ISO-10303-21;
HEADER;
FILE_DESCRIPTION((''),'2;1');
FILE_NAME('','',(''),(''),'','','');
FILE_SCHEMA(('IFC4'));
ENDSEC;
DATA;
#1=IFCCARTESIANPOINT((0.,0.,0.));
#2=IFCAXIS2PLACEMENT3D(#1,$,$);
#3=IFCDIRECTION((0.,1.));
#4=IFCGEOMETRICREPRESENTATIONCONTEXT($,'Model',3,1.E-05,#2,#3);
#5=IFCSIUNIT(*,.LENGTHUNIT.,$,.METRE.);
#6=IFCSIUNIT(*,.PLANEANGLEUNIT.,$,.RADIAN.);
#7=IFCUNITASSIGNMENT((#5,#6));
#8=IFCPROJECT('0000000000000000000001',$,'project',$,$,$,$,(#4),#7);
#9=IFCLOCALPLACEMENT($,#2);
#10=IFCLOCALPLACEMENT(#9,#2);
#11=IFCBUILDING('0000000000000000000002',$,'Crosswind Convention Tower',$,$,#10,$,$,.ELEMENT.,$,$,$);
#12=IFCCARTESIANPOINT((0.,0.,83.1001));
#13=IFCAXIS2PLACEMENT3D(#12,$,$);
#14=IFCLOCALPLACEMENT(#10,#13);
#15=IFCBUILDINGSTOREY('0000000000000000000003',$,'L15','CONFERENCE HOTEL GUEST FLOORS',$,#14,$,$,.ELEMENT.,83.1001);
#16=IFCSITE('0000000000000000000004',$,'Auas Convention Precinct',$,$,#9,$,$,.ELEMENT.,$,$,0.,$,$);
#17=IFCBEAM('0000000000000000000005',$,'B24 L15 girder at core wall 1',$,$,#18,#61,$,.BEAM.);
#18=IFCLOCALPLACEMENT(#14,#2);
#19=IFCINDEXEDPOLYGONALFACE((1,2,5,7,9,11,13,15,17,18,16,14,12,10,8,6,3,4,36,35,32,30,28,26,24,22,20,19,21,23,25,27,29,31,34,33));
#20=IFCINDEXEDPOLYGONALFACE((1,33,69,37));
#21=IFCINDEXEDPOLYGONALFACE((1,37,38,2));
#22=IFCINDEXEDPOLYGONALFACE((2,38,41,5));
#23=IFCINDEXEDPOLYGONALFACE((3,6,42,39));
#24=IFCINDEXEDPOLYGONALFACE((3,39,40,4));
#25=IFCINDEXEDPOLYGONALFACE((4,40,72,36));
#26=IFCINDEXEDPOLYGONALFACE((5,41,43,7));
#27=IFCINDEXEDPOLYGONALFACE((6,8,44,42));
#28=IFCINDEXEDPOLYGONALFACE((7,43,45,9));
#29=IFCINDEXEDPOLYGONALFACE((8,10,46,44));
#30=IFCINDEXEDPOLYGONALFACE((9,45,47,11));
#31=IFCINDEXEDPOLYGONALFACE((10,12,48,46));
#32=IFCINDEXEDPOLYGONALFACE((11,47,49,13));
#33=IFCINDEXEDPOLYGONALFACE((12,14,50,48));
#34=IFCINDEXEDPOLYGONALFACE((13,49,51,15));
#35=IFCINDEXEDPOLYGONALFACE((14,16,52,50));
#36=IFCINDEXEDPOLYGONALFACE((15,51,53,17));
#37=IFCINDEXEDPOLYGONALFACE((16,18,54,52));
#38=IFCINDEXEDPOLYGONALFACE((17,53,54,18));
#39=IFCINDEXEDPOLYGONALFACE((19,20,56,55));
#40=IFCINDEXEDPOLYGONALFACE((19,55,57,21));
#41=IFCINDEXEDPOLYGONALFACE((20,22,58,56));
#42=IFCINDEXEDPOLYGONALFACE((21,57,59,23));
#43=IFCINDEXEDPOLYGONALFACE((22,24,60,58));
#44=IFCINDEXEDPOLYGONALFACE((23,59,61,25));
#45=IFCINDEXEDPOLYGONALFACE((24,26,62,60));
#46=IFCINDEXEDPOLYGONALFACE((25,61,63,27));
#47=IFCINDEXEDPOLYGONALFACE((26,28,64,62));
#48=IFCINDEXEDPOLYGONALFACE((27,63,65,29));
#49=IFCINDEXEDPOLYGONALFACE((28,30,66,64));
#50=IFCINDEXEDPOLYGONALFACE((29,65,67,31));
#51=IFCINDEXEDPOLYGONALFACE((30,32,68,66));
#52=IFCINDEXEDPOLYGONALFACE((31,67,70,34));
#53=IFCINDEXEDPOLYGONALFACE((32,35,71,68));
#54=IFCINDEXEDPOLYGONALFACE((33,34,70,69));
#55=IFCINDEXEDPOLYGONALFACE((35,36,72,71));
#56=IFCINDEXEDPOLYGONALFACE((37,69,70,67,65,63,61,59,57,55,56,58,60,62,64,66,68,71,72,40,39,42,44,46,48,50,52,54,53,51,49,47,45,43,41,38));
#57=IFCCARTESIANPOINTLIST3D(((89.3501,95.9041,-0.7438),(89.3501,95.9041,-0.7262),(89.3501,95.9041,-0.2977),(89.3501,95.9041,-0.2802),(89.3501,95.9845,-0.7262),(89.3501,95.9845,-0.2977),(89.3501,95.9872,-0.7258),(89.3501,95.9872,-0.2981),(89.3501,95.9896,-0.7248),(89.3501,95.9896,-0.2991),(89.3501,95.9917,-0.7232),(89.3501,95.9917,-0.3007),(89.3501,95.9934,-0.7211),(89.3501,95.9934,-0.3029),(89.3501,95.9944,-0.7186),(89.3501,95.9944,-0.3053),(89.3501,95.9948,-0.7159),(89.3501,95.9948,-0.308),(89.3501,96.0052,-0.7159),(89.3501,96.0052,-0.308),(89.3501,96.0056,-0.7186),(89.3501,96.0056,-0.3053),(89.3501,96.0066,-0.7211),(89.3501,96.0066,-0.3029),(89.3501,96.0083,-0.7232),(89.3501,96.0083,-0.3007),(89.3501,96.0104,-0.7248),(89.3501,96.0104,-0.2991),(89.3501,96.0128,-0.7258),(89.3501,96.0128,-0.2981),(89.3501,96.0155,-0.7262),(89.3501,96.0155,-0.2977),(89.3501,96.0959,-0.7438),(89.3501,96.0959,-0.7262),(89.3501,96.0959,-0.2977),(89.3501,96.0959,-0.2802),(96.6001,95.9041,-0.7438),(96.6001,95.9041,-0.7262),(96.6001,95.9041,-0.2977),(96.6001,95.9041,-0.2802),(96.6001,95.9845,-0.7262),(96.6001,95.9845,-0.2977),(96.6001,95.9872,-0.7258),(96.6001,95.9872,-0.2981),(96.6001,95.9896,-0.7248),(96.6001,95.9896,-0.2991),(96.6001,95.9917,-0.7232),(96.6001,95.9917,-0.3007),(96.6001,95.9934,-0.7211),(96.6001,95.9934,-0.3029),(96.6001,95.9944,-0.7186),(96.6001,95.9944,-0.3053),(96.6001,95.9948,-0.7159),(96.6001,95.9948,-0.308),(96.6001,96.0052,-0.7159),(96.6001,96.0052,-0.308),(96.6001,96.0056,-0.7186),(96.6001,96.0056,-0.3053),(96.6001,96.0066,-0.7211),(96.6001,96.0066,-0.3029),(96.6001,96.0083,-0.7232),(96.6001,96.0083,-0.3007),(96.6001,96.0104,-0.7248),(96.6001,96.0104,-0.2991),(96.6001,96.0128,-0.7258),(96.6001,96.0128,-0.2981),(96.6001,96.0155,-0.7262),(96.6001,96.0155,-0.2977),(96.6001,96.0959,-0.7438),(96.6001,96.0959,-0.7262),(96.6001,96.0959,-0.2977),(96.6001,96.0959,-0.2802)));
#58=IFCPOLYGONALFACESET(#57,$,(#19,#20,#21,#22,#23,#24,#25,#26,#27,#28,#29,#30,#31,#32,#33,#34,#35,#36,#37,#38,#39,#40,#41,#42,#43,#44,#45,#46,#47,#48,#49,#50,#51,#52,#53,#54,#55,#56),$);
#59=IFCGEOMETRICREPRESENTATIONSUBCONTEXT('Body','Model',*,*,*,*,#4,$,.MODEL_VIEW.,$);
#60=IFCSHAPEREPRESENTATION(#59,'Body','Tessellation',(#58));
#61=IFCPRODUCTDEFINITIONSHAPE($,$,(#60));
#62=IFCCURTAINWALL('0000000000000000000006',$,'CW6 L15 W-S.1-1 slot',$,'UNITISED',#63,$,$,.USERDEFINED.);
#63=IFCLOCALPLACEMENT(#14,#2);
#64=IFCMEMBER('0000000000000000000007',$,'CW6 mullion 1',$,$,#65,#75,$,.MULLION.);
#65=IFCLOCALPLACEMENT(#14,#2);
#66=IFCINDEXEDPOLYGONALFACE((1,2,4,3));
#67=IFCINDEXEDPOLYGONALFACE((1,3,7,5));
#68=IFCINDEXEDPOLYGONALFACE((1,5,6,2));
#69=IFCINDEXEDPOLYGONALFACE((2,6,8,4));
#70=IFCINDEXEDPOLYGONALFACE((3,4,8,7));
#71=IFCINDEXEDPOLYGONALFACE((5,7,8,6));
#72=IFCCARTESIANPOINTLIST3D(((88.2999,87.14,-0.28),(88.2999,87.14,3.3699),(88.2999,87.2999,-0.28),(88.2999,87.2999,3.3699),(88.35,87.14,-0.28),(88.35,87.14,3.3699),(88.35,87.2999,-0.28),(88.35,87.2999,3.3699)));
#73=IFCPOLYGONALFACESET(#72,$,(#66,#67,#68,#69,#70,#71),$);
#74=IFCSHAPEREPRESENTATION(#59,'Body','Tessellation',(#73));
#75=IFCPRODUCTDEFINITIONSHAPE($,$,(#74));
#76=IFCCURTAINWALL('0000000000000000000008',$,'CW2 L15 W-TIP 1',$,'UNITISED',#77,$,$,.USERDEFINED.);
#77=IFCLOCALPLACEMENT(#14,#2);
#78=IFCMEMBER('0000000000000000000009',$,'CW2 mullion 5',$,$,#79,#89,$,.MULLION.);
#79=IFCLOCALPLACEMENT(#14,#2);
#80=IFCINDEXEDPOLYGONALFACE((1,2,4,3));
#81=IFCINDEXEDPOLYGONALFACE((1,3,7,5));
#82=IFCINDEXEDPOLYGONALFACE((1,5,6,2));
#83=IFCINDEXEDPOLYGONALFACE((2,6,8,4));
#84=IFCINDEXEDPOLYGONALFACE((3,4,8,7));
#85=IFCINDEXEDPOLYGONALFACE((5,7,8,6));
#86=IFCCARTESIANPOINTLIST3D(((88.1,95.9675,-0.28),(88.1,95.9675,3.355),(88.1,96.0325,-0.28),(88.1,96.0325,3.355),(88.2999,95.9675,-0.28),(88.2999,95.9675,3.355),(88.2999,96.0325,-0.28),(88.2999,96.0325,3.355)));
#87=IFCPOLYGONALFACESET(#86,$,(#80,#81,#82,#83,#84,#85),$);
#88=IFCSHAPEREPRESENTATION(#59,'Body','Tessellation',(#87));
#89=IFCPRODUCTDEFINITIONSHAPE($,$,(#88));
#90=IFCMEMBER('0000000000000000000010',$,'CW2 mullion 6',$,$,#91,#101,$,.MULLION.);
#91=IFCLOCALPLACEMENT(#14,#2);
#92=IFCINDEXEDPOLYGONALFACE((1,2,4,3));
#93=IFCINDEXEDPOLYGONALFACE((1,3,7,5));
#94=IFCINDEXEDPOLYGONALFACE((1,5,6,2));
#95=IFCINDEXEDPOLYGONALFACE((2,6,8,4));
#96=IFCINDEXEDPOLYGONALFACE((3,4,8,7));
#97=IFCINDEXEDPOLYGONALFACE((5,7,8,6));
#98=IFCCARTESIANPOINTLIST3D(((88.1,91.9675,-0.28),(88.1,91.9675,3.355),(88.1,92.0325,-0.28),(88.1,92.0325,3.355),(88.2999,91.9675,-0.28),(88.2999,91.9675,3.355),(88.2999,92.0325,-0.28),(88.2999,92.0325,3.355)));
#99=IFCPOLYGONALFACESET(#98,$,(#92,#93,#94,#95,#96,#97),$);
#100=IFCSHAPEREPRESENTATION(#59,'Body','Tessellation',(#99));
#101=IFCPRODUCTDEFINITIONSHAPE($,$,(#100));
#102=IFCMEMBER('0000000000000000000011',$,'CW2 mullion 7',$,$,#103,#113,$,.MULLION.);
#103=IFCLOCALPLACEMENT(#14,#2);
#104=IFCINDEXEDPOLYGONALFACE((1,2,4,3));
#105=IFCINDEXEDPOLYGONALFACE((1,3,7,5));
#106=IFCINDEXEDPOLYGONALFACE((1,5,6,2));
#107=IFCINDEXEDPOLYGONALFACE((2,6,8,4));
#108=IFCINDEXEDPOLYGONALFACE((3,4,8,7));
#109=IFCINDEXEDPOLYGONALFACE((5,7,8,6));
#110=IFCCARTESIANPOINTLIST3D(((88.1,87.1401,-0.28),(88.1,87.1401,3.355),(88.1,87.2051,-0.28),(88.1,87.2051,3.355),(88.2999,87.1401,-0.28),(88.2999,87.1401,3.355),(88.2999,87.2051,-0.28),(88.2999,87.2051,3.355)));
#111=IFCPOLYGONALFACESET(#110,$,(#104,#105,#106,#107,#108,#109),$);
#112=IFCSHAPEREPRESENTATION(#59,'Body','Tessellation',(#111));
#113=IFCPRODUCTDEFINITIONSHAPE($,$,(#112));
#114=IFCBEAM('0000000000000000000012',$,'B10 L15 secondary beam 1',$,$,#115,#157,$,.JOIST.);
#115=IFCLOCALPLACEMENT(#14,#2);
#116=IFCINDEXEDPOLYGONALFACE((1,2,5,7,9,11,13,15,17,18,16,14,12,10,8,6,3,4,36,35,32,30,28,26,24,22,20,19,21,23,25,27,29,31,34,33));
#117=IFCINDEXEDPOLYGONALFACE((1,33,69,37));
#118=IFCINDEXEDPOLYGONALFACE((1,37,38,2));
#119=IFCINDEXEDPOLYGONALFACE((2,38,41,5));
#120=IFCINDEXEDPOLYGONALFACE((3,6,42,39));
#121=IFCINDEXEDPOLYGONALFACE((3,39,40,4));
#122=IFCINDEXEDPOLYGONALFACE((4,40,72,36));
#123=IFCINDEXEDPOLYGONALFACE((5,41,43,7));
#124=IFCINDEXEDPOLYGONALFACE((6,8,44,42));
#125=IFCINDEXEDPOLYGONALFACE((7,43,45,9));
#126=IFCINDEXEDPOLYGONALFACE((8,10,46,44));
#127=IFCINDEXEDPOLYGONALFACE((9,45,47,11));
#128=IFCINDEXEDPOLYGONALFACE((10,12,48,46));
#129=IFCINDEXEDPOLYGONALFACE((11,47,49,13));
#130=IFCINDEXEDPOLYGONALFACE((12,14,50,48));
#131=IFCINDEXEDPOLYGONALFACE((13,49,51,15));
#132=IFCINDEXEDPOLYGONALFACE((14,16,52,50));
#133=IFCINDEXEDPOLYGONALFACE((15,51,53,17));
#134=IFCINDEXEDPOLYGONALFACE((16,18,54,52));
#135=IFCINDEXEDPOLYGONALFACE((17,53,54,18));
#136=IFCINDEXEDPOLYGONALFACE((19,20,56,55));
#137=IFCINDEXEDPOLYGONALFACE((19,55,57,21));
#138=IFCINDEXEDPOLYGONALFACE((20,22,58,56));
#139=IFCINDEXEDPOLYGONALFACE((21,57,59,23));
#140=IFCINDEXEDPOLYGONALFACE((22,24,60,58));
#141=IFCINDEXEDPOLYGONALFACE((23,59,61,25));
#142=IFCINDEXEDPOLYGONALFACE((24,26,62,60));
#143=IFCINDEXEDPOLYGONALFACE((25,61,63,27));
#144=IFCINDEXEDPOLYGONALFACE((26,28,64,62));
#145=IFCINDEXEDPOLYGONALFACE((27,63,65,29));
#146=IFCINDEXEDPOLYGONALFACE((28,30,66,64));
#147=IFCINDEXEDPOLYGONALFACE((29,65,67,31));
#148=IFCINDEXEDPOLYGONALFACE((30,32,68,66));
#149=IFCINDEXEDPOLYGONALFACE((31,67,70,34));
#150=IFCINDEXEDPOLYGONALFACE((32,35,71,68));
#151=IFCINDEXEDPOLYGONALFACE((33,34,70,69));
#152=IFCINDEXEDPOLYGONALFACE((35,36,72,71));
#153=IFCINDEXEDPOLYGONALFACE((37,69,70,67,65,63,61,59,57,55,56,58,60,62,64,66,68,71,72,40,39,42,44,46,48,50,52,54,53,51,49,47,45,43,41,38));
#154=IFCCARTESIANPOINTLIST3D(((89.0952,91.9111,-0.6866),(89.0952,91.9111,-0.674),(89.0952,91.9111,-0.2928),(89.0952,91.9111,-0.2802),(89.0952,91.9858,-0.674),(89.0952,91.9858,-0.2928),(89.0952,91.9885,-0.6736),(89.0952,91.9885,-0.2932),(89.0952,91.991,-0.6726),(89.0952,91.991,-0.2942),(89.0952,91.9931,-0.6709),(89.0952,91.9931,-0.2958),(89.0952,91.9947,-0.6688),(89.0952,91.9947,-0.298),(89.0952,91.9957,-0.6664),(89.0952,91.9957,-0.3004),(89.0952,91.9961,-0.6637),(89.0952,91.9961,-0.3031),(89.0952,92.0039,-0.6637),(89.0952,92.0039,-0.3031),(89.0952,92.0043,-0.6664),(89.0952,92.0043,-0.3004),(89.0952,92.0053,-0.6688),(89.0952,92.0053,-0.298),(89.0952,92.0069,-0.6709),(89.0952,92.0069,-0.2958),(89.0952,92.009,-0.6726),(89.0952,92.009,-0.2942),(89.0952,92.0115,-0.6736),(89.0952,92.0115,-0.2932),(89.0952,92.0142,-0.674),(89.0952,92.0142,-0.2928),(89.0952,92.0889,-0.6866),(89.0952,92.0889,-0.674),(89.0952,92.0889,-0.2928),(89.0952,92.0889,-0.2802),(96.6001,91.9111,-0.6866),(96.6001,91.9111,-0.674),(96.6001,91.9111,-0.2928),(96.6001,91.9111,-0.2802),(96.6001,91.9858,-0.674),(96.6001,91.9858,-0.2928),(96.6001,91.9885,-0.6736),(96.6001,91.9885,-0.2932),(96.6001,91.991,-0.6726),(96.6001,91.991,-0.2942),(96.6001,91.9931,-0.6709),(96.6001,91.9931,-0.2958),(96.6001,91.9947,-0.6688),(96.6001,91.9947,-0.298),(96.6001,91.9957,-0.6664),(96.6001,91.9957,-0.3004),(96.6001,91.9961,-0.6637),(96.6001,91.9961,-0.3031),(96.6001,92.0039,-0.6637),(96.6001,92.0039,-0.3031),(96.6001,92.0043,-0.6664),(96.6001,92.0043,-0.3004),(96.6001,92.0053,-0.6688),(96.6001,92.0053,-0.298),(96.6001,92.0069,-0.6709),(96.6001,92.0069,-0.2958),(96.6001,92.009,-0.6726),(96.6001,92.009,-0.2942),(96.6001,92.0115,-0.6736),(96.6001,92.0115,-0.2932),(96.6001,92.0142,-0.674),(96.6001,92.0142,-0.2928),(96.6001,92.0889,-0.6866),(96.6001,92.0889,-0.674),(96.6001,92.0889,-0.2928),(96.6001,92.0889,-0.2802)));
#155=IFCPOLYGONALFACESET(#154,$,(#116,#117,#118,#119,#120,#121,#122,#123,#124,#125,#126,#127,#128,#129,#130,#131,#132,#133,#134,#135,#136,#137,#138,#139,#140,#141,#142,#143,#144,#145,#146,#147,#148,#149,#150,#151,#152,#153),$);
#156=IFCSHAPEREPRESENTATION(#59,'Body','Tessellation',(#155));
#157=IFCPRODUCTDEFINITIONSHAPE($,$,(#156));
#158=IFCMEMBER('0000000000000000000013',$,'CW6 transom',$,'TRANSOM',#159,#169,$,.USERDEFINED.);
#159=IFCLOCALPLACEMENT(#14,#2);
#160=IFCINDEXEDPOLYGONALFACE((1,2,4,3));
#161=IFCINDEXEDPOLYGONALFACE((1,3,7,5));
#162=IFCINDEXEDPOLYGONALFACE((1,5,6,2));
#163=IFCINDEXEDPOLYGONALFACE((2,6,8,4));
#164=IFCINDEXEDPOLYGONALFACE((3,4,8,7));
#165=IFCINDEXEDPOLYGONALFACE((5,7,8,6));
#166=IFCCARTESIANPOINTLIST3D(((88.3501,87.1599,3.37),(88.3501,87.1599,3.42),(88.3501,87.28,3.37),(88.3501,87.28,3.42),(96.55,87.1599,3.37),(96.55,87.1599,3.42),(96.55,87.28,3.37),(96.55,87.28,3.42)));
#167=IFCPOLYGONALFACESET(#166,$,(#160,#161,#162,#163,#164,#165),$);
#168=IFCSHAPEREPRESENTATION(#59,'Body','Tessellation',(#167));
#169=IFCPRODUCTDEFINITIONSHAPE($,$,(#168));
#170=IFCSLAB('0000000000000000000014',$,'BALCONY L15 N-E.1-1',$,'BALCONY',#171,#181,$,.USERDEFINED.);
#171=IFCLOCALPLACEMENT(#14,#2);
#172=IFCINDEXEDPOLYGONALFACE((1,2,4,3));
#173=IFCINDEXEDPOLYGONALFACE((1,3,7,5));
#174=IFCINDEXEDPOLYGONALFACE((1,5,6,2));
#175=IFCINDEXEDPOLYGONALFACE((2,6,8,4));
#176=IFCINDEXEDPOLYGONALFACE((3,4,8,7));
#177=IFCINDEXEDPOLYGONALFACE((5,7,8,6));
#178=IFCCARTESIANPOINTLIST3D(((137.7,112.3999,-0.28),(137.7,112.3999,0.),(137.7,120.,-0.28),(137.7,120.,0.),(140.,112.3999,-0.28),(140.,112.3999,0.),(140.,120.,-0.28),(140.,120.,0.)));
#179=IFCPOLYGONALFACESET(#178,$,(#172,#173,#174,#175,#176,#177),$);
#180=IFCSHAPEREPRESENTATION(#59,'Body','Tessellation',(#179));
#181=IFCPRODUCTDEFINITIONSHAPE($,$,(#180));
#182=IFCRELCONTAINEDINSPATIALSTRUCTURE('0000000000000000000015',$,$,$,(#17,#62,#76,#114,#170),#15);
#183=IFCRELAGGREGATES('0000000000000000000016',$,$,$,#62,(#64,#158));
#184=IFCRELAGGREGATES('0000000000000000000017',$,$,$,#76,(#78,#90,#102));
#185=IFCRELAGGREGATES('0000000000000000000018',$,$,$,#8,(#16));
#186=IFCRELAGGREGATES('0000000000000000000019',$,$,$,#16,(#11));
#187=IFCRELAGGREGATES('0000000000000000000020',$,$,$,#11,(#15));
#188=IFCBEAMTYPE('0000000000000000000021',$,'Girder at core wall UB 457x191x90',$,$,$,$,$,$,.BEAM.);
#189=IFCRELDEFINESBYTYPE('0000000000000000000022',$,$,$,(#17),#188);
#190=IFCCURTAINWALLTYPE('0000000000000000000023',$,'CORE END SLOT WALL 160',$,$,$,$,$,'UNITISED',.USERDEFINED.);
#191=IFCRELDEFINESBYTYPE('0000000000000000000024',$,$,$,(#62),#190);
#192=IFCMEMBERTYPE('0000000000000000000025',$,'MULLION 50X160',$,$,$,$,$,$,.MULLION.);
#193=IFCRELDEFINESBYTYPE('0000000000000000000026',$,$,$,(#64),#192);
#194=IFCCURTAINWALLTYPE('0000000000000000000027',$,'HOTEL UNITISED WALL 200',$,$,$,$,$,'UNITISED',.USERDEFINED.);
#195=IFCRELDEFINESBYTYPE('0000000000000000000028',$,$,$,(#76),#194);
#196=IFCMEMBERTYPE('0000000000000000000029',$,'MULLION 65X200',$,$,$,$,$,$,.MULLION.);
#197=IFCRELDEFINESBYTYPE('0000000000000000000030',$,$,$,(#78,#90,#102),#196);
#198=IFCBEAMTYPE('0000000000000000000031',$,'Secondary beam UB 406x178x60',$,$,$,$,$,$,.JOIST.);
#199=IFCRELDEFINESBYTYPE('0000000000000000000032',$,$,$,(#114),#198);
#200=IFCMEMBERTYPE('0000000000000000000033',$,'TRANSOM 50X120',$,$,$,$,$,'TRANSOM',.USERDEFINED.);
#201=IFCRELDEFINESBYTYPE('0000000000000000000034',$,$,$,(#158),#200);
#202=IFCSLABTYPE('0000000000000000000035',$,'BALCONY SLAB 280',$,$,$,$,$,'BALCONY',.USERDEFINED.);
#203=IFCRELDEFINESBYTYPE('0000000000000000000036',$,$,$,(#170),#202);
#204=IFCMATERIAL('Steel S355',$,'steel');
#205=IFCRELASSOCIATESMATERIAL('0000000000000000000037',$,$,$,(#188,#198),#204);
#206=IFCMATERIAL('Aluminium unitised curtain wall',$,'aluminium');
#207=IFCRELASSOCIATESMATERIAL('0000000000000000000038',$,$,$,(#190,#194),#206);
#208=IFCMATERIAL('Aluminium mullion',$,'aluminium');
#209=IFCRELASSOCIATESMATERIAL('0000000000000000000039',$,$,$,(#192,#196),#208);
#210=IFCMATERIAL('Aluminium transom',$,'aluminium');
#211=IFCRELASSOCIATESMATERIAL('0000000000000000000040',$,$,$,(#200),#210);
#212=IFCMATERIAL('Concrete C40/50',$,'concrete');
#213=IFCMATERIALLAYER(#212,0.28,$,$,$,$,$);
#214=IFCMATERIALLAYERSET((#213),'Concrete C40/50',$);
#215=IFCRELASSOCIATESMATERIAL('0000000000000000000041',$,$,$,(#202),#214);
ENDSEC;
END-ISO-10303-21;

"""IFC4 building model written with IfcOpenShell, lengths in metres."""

from ifc_helpers import new_model, si_unit, direction, frame, origin, origin_2d, place, context, subcontext, project, spatial, polyline, rectangle, i_section, outline, extrude, material, layer, layer_set, material_profile, profile_set, type_object, element, aggregate, save


model = new_model("IFC4")

# Units and contexts
model_context = context("Model", 3, precision=1e-05, world=origin(), true_north=direction((0.0, 1.0)))
body_context = subcontext(model_context, "Body", "Model", "MODEL_VIEW")
ifc_project = project(units=[si_unit("LENGTHUNIT", "METRE"), si_unit("PLANEANGLEUNIT", "RADIAN")], contexts=[model_context])

# Site, building, storey
site_placement = place(None, origin())
site = spatial("IfcSite", under=ifc_project, at=site_placement, Name="Auas Convention Precinct", CompositionType="ELEMENT", RefElevation=0.0)
building_placement = place(site_placement, origin())
building = spatial("IfcBuilding", under=site, at=building_placement, Name="Crosswind Convention Tower", CompositionType="ELEMENT")
storey_placement = place(building_placement, frame((0.0, 0.0, 83.1001)))
storey = spatial("IfcBuildingStorey", under=building, at=storey_placement, Name="L15", Description="CONFERENCE HOTEL GUEST FLOORS", CompositionType="ELEMENT", Elevation=83.1001)

# Beam
ifc_material_1 = material(Name="Steel S355", Category="steel")
ifc_material_profile_1 = material_profile(ifc_material_1, i_section(OverallWidth=0.1919, OverallDepth=0.4636, WebThickness=0.0105, FlangeThickness=0.0176, FilletRadius=0.0103, at=origin_2d()), Name="UB 457x191x90")
ifc_profile_set_1 = profile_set([ifc_material_profile_1], Name="Steel S355")
beam_type_1 = type_object("IfcBeamType", Name="Girder at core wall UB 457x191x90", PredefinedType="BEAM", material=ifc_profile_set_1)
beam_1_placement = place(storey_placement, frame((89.3501, 96.0, -0.512), z_axis=(1.0, 0.0, 0.0), x_axis=(0.0, 1.0, 0.0)))
element("IfcBeam", 1, at=beam_1_placement, inside=storey, type_object=beam_type_1, Name="B24 L15 girder at core wall 1", PredefinedType="BEAM", context=body_context, shape_type="SweptSolid", body=[
    extrude(i_section(OverallWidth=0.1919, OverallDepth=0.4636, WebThickness=0.0105, FlangeThickness=0.0176, FilletRadius=0.0103, at=origin_2d()), origin(), (0.0, 0.0, 1.0), 7.25),
])

# Curtain wall, member
ifc_material_2 = material(Name="Aluminium unitised curtain wall", Category="aluminium")
curtain_wall_type_1 = type_object("IfcCurtainWallType", Name="CORE END SLOT WALL 160", ElementType="UNITISED", PredefinedType="USERDEFINED", material=ifc_material_2)
curtain_wall_1_placement = place(storey_placement, origin())
curtain_wall_1 = element("IfcCurtainWall", 2, at=curtain_wall_1_placement, inside=storey, type_object=curtain_wall_type_1, Name="CW6 L15 W-S.1-1 slot", ObjectType="UNITISED", PredefinedType="USERDEFINED")
ifc_material_3 = material(Name="Aluminium mullion", Category="aluminium")
ifc_material_profile_2 = material_profile(ifc_material_3, rectangle(XDim=0.1599, YDim=0.05, at=origin_2d()), Name="AL 160X50")
ifc_profile_set_2 = profile_set([ifc_material_profile_2], Name="Aluminium mullion")
member_type_1 = type_object("IfcMemberType", Name="MULLION 50X160", PredefinedType="MULLION", material=ifc_profile_set_2)
member_1_placement = place(storey_placement, frame((88.325, 87.22, -0.28), z_axis=(0.0, 0.0, 1.0), x_axis=(0.0, -1.0, 0.0)))
member_1 = element("IfcMember", 3, at=member_1_placement, type_object=member_type_1, Name="CW6 mullion 1", PredefinedType="MULLION", context=body_context, shape_type="SweptSolid", body=[
    extrude(rectangle(XDim=0.1599, YDim=0.05, at=origin_2d()), origin(), (0.0, 0.0, 1.0), 3.6499),
])

# Curtain wall, members
curtain_wall_type_2 = type_object("IfcCurtainWallType", Name="HOTEL UNITISED WALL 200", ElementType="UNITISED", PredefinedType="USERDEFINED", material=ifc_material_2)
curtain_wall_2_placement = place(storey_placement, origin())
curtain_wall_2 = element("IfcCurtainWall", 4, at=curtain_wall_2_placement, inside=storey, type_object=curtain_wall_type_2, Name="CW2 L15 W-TIP 1", ObjectType="UNITISED", PredefinedType="USERDEFINED")
ifc_material_profile_3 = material_profile(ifc_material_3, rectangle(XDim=0.2, YDim=0.0649, at=origin_2d()), Name="AL 200X65")
ifc_profile_set_3 = profile_set([ifc_material_profile_3], Name="Aluminium mullion")
member_type_2 = type_object("IfcMemberType", Name="MULLION 65X200", PredefinedType="MULLION", material=ifc_profile_set_3)
member_2_placement = place(storey_placement, frame((88.2, 96.0, -0.28), z_axis=(0.0, 0.0, 1.0), x_axis=(-1.0, 0.0, 0.0)))
member_2 = element("IfcMember", 5, at=member_2_placement, type_object=member_type_2, Name="CW2 mullion 5", PredefinedType="MULLION", context=body_context, shape_type="SweptSolid", body=[
    extrude(rectangle(XDim=0.2, YDim=0.0649, at=origin_2d()), origin(), (0.0, 0.0, 1.0), 3.635),
])
member_3_placement = place(storey_placement, frame((88.2, 92.0, -0.28), z_axis=(0.0, 0.0, 1.0), x_axis=(-1.0, 0.0, 0.0)))
member_3 = element("IfcMember", 6, at=member_3_placement, type_object=member_type_2, Name="CW2 mullion 6", PredefinedType="MULLION", context=body_context, shape_type="SweptSolid", body=[
    extrude(rectangle(XDim=0.2, YDim=0.0649, at=origin_2d()), origin(), (0.0, 0.0, 1.0), 3.635),
])
member_4_placement = place(storey_placement, frame((88.2, 87.1726, -0.28), z_axis=(0.0, 0.0, 1.0), x_axis=(-1.0, 0.0, 0.0)))
member_4 = element("IfcMember", 7, at=member_4_placement, type_object=member_type_2, Name="CW2 mullion 7", PredefinedType="MULLION", context=body_context, shape_type="SweptSolid", body=[
    extrude(rectangle(XDim=0.2, YDim=0.0649, at=origin_2d()), origin(), (0.0, 0.0, 1.0), 3.635),
])

# Beam
ifc_material_profile_4 = material_profile(ifc_material_1, i_section(OverallWidth=0.1777, OverallDepth=0.4065, WebThickness=0.0078, FlangeThickness=0.0127, FilletRadius=0.0103, at=origin_2d()), Name="UB 406x178x60")
ifc_profile_set_4 = profile_set([ifc_material_profile_4], Name="Steel S355")
beam_type_2 = type_object("IfcBeamType", Name="Secondary beam UB 406x178x60", PredefinedType="JOIST", material=ifc_profile_set_4)
beam_2_placement = place(storey_placement, frame((89.0952, 92.0, -0.4834), z_axis=(1.0, 0.0, 0.0), x_axis=(0.0, 1.0, 0.0)))
element("IfcBeam", 8, at=beam_2_placement, inside=storey, type_object=beam_type_2, Name="B10 L15 secondary beam 1", PredefinedType="JOIST", context=body_context, shape_type="SweptSolid", body=[
    extrude(i_section(OverallWidth=0.1777, OverallDepth=0.4065, WebThickness=0.0078, FlangeThickness=0.0127, FilletRadius=0.0103, at=origin_2d()), origin(), (0.0, 0.0, 1.0), 7.5049),
])

# Member
ifc_material_4 = material(Name="Aluminium transom", Category="aluminium")
ifc_material_profile_5 = material_profile(ifc_material_4, rectangle(XDim=0.1201, YDim=0.05, at=origin_2d()), Name="AL 120X50")
ifc_profile_set_5 = profile_set([ifc_material_profile_5], Name="Aluminium transom")
member_type_3 = type_object("IfcMemberType", Name="TRANSOM 50X120", ElementType="TRANSOM", PredefinedType="USERDEFINED", material=ifc_profile_set_5)
member_5_placement = place(storey_placement, frame((88.3501, 87.22, 3.395), z_axis=(1.0, 0.0, 0.0), x_axis=(0.0, 1.0, 0.0)))
member_5 = element("IfcMember", 9, at=member_5_placement, type_object=member_type_3, Name="CW6 transom", ObjectType="TRANSOM", PredefinedType="USERDEFINED", context=body_context, shape_type="SweptSolid", body=[
    extrude(rectangle(XDim=0.1201, YDim=0.05, at=origin_2d()), origin(), (0.0, 0.0, 1.0), 8.2),
])

# Slab
ifc_material_5 = material(Name="Concrete C40/50", Category="concrete")
ifc_layer_1 = layer(ifc_material_5, 0.28)
ifc_layer_set_1 = layer_set([ifc_layer_1], Name="Concrete C40/50")
slab_type_1 = type_object("IfcSlabType", Name="BALCONY SLAB 280", ElementType="BALCONY", PredefinedType="USERDEFINED", material=ifc_layer_set_1)
slab_1_placement = place(storey_placement, frame((0.0, 0.0, -0.28)))
element("IfcSlab", 10, at=slab_1_placement, inside=storey, type_object=slab_type_1, Name="BALCONY L15 N-E.1-1", ObjectType="BALCONY", PredefinedType="USERDEFINED", context=body_context, shape_type="SweptSolid", body=[
    extrude(outline(polyline([(137.7, 112.3999), (137.7, 120.0), (140.0, 120.0), (140.0, 112.3999), (137.7, 112.3999)])), origin(), (0.0, 0.0, 1.0), 0.28),
])

aggregate(curtain_wall_1, [member_1, member_5])
aggregate(curtain_wall_2, [member_2, member_3, member_4])

save(model, "model.ifc")
